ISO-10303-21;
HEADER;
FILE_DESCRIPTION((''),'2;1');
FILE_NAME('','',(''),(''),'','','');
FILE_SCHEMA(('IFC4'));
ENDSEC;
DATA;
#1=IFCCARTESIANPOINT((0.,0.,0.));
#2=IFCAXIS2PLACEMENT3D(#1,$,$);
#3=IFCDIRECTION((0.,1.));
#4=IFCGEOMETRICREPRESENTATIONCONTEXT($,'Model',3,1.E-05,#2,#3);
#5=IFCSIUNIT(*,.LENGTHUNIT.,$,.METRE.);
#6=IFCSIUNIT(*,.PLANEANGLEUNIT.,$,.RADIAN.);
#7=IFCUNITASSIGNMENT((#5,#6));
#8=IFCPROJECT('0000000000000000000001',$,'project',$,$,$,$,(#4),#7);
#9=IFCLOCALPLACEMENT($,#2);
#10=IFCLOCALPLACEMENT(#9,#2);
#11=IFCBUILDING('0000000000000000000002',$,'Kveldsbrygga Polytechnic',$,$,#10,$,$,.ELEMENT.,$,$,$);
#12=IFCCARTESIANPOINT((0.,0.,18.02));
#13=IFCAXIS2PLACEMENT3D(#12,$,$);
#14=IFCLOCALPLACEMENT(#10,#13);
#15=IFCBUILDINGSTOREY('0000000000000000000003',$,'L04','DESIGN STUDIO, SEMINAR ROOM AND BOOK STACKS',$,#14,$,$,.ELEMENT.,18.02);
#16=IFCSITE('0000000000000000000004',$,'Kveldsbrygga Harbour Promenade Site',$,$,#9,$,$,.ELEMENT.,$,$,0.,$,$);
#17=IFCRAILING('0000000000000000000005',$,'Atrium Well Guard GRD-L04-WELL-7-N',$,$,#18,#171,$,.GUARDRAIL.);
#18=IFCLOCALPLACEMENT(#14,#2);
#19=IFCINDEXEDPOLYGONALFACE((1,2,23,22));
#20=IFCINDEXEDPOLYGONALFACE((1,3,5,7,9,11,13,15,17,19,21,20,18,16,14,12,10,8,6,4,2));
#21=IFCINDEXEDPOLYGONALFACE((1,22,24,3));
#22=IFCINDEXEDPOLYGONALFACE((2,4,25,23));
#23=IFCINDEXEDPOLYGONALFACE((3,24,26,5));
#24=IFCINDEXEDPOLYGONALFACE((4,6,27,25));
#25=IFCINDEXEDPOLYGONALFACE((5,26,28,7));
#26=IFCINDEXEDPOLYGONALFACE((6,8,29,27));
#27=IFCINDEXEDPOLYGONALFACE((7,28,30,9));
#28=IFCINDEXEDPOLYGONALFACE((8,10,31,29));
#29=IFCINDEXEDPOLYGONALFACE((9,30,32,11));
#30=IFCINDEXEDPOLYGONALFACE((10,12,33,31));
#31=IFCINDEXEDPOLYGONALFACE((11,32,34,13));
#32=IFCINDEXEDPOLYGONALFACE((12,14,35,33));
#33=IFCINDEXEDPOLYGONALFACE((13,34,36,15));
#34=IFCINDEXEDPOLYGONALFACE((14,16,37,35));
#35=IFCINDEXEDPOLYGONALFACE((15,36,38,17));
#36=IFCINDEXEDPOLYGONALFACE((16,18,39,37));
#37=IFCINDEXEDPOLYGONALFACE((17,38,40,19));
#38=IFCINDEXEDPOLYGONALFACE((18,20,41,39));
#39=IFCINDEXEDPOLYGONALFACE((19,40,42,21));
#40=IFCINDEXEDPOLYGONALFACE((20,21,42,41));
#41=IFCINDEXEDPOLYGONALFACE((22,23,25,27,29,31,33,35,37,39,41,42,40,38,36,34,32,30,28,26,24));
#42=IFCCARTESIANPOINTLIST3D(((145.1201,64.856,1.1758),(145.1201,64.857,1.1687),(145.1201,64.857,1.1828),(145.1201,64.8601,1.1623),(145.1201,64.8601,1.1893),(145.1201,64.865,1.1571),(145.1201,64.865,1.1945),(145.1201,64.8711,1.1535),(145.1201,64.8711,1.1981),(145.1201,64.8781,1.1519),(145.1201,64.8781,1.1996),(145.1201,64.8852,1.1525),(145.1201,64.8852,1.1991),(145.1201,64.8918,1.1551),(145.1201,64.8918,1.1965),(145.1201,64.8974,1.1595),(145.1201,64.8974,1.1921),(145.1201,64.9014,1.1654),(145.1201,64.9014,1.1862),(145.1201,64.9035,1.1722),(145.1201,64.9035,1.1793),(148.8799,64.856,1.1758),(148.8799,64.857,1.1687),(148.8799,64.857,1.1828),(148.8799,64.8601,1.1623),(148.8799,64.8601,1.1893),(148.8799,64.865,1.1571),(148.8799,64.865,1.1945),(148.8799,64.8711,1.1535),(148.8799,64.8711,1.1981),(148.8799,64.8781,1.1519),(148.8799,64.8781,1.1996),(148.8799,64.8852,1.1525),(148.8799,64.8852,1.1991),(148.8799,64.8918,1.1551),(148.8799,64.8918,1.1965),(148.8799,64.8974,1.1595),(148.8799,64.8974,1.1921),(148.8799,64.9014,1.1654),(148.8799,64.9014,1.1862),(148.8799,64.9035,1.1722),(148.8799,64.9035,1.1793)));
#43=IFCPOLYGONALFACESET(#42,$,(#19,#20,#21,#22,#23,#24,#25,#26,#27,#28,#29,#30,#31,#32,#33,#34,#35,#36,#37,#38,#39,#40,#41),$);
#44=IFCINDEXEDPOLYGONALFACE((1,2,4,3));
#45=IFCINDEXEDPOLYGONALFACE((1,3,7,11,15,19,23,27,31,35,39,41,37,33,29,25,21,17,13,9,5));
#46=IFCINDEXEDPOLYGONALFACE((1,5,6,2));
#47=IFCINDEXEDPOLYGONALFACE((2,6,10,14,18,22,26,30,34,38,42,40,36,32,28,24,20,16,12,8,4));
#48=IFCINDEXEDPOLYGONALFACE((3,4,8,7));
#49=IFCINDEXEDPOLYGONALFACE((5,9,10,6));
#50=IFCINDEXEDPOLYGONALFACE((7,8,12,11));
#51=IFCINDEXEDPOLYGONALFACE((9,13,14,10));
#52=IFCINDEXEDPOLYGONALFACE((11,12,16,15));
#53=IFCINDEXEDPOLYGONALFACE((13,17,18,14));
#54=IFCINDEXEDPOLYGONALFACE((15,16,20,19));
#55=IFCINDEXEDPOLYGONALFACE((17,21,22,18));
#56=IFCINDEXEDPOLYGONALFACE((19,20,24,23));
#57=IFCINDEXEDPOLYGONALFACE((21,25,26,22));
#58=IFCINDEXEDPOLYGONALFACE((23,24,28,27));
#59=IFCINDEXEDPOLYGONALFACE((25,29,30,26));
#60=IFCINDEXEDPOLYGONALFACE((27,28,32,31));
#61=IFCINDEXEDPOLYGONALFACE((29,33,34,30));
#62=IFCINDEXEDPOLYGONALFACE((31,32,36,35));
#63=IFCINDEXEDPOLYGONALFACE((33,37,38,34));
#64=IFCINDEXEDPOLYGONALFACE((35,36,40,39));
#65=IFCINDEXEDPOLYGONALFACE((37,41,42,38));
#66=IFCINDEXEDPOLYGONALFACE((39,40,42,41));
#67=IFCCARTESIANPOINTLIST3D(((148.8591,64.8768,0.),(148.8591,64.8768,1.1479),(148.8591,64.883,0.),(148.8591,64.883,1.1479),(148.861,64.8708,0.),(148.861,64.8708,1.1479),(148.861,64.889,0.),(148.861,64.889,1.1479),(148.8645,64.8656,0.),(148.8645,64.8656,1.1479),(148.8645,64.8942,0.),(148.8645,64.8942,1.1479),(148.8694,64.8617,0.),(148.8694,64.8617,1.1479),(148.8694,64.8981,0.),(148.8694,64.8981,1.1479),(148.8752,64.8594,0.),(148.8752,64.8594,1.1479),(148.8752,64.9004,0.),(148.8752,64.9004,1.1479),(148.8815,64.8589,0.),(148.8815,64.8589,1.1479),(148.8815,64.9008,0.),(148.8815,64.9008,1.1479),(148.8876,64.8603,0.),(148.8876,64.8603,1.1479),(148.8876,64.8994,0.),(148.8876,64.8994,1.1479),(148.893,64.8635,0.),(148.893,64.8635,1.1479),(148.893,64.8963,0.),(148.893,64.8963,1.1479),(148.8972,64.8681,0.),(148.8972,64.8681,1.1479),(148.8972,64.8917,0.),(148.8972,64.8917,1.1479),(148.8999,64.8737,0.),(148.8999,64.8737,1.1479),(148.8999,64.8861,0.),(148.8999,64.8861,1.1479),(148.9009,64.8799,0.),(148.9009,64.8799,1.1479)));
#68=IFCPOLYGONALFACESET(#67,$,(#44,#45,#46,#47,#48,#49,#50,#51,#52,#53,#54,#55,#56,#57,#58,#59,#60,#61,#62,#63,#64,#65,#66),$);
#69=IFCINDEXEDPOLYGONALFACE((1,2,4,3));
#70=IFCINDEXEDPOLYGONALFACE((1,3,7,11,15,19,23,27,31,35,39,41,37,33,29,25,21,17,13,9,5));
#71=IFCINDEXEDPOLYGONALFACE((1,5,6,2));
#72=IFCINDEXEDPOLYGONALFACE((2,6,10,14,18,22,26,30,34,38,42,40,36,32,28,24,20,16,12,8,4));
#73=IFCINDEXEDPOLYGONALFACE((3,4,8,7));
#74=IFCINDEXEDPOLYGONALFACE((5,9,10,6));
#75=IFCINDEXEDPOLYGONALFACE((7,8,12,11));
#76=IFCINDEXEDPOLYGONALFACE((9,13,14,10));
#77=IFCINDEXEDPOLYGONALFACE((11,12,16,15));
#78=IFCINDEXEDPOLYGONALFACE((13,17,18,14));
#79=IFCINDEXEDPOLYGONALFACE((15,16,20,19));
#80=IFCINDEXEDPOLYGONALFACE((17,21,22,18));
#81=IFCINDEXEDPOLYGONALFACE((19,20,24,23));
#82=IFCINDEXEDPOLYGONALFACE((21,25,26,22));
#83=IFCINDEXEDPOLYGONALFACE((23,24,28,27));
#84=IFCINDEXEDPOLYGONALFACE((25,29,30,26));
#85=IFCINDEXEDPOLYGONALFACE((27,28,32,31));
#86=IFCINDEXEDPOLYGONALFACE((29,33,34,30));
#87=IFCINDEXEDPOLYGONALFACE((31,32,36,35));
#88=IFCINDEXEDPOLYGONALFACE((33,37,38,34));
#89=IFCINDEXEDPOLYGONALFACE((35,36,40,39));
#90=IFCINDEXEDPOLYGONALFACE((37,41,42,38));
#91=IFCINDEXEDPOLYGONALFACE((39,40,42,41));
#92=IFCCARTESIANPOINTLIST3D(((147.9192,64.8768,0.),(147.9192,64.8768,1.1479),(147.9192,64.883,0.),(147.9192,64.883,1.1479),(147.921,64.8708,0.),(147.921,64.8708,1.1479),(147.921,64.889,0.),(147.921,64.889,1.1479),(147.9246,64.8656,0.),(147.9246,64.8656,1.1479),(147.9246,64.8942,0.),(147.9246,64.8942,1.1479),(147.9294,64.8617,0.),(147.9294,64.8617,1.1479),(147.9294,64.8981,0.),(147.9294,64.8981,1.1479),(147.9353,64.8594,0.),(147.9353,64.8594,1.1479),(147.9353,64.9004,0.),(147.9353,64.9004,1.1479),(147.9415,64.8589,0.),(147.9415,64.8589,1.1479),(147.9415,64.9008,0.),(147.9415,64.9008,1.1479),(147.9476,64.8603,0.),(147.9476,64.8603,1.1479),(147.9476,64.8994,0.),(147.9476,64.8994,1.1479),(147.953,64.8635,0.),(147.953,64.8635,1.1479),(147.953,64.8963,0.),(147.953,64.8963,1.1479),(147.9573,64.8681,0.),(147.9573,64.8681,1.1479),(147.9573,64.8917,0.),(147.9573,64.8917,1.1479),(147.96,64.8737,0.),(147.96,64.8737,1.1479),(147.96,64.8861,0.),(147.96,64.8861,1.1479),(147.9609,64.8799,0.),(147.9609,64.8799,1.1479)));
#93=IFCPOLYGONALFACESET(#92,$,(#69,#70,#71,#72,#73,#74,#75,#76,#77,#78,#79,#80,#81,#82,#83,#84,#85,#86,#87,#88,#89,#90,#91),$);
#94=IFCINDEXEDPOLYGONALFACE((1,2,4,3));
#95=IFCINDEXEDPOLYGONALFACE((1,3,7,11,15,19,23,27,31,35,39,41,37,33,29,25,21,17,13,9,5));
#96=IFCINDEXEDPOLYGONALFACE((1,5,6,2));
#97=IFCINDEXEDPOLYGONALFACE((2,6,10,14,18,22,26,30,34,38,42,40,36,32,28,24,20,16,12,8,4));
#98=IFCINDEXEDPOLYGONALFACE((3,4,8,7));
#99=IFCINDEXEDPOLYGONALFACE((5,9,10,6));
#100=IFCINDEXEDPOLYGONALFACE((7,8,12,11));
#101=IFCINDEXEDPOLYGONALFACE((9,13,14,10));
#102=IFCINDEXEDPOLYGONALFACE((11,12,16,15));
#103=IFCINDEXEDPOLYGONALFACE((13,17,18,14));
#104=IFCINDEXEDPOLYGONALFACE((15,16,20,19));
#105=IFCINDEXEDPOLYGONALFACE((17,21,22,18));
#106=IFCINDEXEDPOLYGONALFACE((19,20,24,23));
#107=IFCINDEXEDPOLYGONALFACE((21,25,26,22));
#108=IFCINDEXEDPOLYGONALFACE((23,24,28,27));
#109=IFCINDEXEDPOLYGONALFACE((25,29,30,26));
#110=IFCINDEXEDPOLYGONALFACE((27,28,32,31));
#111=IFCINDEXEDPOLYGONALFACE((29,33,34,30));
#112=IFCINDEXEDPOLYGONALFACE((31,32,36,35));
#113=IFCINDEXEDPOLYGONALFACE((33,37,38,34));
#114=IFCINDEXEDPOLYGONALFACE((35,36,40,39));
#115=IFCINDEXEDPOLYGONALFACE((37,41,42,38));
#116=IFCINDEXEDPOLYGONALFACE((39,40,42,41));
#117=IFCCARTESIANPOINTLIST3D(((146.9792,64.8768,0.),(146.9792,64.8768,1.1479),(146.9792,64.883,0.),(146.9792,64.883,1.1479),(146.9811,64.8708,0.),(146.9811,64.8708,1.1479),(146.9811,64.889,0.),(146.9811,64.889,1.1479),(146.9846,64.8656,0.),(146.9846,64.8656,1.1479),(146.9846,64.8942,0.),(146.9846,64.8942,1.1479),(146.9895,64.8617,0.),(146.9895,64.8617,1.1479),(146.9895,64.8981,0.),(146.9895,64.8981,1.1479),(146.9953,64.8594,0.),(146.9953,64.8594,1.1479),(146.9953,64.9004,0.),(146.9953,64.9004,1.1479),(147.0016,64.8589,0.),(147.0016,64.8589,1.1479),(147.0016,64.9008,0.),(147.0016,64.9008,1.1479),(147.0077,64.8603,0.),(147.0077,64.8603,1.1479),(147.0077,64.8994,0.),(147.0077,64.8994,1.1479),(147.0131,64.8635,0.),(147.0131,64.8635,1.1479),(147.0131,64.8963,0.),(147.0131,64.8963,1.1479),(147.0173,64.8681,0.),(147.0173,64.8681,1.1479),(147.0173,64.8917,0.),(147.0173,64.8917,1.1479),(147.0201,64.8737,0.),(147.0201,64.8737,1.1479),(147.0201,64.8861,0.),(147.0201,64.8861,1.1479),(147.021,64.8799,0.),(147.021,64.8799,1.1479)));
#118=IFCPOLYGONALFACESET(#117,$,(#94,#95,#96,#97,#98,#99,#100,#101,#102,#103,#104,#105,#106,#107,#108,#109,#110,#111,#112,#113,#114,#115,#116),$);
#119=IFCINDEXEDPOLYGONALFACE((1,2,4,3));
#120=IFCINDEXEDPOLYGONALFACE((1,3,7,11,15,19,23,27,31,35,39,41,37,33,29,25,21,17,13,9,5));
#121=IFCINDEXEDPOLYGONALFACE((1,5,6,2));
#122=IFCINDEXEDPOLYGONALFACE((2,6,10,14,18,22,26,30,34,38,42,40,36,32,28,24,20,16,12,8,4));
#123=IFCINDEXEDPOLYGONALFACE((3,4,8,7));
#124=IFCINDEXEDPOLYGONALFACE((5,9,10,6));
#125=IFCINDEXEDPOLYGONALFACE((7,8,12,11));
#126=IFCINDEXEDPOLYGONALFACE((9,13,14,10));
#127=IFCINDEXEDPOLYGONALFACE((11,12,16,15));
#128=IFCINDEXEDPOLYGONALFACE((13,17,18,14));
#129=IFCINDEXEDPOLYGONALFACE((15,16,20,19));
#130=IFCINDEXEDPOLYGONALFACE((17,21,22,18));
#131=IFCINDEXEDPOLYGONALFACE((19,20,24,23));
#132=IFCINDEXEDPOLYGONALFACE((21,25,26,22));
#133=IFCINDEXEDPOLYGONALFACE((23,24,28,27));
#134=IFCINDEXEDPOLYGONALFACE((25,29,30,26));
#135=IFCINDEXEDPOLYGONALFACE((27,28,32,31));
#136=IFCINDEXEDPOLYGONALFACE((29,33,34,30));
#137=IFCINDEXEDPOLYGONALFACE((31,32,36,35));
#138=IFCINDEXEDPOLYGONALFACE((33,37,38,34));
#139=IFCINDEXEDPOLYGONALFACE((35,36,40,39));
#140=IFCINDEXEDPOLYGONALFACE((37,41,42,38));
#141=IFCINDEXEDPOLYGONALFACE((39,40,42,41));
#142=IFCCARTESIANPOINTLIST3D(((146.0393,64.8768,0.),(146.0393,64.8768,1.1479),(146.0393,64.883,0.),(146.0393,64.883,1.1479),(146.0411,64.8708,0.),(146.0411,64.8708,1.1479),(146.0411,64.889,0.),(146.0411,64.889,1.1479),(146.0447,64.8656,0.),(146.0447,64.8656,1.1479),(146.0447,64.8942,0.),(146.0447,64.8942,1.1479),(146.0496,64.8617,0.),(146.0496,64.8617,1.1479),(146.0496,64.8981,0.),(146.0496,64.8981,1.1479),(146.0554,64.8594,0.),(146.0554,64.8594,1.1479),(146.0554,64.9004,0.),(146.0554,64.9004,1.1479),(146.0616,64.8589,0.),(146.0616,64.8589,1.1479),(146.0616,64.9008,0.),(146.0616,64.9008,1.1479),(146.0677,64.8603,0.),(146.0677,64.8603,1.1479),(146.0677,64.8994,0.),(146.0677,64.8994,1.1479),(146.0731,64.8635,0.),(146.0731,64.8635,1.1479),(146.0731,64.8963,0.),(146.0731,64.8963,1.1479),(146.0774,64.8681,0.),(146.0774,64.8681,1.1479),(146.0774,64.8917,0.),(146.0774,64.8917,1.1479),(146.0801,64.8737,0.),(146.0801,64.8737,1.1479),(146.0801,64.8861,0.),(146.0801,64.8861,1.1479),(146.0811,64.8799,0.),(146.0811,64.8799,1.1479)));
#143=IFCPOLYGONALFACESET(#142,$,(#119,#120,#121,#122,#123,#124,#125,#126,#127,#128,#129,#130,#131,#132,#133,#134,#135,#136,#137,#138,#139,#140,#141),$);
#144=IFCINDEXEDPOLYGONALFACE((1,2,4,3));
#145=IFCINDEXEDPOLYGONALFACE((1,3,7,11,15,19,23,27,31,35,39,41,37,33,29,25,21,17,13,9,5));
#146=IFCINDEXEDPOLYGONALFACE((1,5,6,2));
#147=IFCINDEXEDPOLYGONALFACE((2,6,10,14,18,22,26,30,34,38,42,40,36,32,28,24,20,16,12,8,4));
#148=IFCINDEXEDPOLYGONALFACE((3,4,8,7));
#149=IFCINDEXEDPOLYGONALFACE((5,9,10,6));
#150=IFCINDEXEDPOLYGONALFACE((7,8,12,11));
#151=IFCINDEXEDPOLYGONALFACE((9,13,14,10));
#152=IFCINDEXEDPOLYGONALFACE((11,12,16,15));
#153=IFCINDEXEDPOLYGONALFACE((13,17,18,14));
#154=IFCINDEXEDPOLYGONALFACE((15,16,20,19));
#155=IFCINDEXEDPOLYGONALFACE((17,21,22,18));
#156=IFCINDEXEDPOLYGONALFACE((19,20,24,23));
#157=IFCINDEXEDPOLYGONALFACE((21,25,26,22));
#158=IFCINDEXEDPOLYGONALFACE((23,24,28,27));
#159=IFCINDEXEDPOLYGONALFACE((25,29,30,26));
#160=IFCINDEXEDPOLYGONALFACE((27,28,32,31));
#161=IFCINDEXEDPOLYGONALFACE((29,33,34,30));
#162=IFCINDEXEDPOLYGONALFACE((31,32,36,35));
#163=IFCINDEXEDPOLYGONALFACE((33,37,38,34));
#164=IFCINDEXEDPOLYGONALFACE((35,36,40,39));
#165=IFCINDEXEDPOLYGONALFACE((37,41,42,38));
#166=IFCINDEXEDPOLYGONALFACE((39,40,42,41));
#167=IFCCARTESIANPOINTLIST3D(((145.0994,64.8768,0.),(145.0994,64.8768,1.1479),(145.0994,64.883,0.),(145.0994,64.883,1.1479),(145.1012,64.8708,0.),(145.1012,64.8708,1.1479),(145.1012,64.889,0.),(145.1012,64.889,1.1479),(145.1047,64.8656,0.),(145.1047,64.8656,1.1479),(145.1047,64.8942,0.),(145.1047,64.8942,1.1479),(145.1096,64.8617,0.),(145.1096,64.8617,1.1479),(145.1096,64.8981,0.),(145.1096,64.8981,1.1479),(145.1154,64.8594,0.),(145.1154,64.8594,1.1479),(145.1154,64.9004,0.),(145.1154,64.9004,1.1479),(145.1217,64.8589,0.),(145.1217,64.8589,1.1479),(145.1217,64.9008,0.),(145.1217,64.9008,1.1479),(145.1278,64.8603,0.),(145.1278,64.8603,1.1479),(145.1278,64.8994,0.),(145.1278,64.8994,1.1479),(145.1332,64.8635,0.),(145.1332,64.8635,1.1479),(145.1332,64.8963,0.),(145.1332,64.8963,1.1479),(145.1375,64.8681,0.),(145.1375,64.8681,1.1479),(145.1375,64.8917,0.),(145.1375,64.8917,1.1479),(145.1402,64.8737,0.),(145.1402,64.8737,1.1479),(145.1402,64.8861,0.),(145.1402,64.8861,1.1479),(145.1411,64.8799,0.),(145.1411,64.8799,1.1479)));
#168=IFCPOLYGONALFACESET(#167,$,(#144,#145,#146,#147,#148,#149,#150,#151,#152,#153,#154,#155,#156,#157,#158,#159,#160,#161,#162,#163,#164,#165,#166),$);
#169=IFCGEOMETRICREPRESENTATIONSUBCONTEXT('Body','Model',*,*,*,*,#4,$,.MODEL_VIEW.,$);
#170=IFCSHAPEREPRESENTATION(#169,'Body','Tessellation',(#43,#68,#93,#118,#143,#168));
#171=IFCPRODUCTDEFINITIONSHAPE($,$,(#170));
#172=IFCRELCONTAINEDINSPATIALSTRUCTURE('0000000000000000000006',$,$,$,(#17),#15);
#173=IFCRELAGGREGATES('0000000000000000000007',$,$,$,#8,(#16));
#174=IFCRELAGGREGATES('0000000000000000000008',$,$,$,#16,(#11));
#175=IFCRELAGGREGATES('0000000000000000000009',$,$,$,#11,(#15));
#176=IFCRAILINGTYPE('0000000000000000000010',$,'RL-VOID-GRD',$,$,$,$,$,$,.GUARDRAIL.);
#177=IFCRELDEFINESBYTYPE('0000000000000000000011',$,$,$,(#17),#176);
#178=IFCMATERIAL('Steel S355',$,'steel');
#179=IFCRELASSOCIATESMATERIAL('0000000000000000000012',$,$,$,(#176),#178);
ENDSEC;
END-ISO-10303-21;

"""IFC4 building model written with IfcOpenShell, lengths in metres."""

from ifc_helpers import new_model, si_unit, direction, frame, origin, origin_2d, place, context, subcontext, project, spatial, circle, extrude, material, type_object, element, save


model = new_model("IFC4")

# Units and contexts
model_context = context("Model", 3, precision=1e-05, world=origin(), true_north=direction((0.0, 1.0)))
body_context = subcontext(model_context, "Body", "Model", "MODEL_VIEW")
ifc_project = project(units=[si_unit("LENGTHUNIT", "METRE"), si_unit("PLANEANGLEUNIT", "RADIAN")], contexts=[model_context])

# Site, building, storey
site_placement = place(None, origin())
site = spatial("IfcSite", under=ifc_project, at=site_placement, Name="Kveldsbrygga Harbour Promenade Site", CompositionType="ELEMENT", RefElevation=0.0)
building_placement = place(site_placement, origin())
building = spatial("IfcBuilding", under=site, at=building_placement, Name="Kveldsbrygga Polytechnic", CompositionType="ELEMENT")
storey_placement = place(building_placement, frame((0.0, 0.0, 18.02)))
storey = spatial("IfcBuildingStorey", under=building, at=storey_placement, Name="L04", Description="DESIGN STUDIO, SEMINAR ROOM AND BOOK STACKS", CompositionType="ELEMENT", Elevation=18.02)

# Shared definitions
ifc_material_1 = material(Name="Steel S355", Category="steel")

# Railing
railing_type = type_object("IfcRailingType", Name="RL-VOID-GRD", PredefinedType="GUARDRAIL", material=ifc_material_1)
railing_1_placement = place(storey_placement, frame((148.8799, 64.8799, 0.0)))
element("IfcRailing", 1, at=railing_1_placement, inside=storey, type_object=railing_type, Name="Atrium Well Guard GRD-L04-WELL-7-N", PredefinedType="GUARDRAIL", context=body_context, shape_type="SweptSolid", body=[
    extrude(circle(Radius=0.0239, at=origin_2d()), frame((0.0, 0.0, 1.1758), z_axis=(-1.0, 0.0, 0.0), x_axis=(0.0, -1.0, 0.0)), (0.0, 0.0, 1.0), 3.7598),
    extrude(circle(Radius=0.021, at=origin_2d()), origin(), (0.0, 0.0, 1.0), 1.1479),
    extrude(circle(Radius=0.021, at=origin_2d()), frame((-0.9399, 0.0, 0.0)), (0.0, 0.0, 1.0), 1.1479),
    extrude(circle(Radius=0.021, at=origin_2d()), frame((-1.8799, 0.0, 0.0)), (0.0, 0.0, 1.0), 1.1479),
    extrude(circle(Radius=0.021, at=origin_2d()), frame((-2.8198, 0.0, 0.0)), (0.0, 0.0, 1.0), 1.1479),
    extrude(circle(Radius=0.021, at=origin_2d()), frame((-3.7598, 0.0, 0.0)), (0.0, 0.0, 1.0), 1.1479),
])

save(model, "model.ifc")
